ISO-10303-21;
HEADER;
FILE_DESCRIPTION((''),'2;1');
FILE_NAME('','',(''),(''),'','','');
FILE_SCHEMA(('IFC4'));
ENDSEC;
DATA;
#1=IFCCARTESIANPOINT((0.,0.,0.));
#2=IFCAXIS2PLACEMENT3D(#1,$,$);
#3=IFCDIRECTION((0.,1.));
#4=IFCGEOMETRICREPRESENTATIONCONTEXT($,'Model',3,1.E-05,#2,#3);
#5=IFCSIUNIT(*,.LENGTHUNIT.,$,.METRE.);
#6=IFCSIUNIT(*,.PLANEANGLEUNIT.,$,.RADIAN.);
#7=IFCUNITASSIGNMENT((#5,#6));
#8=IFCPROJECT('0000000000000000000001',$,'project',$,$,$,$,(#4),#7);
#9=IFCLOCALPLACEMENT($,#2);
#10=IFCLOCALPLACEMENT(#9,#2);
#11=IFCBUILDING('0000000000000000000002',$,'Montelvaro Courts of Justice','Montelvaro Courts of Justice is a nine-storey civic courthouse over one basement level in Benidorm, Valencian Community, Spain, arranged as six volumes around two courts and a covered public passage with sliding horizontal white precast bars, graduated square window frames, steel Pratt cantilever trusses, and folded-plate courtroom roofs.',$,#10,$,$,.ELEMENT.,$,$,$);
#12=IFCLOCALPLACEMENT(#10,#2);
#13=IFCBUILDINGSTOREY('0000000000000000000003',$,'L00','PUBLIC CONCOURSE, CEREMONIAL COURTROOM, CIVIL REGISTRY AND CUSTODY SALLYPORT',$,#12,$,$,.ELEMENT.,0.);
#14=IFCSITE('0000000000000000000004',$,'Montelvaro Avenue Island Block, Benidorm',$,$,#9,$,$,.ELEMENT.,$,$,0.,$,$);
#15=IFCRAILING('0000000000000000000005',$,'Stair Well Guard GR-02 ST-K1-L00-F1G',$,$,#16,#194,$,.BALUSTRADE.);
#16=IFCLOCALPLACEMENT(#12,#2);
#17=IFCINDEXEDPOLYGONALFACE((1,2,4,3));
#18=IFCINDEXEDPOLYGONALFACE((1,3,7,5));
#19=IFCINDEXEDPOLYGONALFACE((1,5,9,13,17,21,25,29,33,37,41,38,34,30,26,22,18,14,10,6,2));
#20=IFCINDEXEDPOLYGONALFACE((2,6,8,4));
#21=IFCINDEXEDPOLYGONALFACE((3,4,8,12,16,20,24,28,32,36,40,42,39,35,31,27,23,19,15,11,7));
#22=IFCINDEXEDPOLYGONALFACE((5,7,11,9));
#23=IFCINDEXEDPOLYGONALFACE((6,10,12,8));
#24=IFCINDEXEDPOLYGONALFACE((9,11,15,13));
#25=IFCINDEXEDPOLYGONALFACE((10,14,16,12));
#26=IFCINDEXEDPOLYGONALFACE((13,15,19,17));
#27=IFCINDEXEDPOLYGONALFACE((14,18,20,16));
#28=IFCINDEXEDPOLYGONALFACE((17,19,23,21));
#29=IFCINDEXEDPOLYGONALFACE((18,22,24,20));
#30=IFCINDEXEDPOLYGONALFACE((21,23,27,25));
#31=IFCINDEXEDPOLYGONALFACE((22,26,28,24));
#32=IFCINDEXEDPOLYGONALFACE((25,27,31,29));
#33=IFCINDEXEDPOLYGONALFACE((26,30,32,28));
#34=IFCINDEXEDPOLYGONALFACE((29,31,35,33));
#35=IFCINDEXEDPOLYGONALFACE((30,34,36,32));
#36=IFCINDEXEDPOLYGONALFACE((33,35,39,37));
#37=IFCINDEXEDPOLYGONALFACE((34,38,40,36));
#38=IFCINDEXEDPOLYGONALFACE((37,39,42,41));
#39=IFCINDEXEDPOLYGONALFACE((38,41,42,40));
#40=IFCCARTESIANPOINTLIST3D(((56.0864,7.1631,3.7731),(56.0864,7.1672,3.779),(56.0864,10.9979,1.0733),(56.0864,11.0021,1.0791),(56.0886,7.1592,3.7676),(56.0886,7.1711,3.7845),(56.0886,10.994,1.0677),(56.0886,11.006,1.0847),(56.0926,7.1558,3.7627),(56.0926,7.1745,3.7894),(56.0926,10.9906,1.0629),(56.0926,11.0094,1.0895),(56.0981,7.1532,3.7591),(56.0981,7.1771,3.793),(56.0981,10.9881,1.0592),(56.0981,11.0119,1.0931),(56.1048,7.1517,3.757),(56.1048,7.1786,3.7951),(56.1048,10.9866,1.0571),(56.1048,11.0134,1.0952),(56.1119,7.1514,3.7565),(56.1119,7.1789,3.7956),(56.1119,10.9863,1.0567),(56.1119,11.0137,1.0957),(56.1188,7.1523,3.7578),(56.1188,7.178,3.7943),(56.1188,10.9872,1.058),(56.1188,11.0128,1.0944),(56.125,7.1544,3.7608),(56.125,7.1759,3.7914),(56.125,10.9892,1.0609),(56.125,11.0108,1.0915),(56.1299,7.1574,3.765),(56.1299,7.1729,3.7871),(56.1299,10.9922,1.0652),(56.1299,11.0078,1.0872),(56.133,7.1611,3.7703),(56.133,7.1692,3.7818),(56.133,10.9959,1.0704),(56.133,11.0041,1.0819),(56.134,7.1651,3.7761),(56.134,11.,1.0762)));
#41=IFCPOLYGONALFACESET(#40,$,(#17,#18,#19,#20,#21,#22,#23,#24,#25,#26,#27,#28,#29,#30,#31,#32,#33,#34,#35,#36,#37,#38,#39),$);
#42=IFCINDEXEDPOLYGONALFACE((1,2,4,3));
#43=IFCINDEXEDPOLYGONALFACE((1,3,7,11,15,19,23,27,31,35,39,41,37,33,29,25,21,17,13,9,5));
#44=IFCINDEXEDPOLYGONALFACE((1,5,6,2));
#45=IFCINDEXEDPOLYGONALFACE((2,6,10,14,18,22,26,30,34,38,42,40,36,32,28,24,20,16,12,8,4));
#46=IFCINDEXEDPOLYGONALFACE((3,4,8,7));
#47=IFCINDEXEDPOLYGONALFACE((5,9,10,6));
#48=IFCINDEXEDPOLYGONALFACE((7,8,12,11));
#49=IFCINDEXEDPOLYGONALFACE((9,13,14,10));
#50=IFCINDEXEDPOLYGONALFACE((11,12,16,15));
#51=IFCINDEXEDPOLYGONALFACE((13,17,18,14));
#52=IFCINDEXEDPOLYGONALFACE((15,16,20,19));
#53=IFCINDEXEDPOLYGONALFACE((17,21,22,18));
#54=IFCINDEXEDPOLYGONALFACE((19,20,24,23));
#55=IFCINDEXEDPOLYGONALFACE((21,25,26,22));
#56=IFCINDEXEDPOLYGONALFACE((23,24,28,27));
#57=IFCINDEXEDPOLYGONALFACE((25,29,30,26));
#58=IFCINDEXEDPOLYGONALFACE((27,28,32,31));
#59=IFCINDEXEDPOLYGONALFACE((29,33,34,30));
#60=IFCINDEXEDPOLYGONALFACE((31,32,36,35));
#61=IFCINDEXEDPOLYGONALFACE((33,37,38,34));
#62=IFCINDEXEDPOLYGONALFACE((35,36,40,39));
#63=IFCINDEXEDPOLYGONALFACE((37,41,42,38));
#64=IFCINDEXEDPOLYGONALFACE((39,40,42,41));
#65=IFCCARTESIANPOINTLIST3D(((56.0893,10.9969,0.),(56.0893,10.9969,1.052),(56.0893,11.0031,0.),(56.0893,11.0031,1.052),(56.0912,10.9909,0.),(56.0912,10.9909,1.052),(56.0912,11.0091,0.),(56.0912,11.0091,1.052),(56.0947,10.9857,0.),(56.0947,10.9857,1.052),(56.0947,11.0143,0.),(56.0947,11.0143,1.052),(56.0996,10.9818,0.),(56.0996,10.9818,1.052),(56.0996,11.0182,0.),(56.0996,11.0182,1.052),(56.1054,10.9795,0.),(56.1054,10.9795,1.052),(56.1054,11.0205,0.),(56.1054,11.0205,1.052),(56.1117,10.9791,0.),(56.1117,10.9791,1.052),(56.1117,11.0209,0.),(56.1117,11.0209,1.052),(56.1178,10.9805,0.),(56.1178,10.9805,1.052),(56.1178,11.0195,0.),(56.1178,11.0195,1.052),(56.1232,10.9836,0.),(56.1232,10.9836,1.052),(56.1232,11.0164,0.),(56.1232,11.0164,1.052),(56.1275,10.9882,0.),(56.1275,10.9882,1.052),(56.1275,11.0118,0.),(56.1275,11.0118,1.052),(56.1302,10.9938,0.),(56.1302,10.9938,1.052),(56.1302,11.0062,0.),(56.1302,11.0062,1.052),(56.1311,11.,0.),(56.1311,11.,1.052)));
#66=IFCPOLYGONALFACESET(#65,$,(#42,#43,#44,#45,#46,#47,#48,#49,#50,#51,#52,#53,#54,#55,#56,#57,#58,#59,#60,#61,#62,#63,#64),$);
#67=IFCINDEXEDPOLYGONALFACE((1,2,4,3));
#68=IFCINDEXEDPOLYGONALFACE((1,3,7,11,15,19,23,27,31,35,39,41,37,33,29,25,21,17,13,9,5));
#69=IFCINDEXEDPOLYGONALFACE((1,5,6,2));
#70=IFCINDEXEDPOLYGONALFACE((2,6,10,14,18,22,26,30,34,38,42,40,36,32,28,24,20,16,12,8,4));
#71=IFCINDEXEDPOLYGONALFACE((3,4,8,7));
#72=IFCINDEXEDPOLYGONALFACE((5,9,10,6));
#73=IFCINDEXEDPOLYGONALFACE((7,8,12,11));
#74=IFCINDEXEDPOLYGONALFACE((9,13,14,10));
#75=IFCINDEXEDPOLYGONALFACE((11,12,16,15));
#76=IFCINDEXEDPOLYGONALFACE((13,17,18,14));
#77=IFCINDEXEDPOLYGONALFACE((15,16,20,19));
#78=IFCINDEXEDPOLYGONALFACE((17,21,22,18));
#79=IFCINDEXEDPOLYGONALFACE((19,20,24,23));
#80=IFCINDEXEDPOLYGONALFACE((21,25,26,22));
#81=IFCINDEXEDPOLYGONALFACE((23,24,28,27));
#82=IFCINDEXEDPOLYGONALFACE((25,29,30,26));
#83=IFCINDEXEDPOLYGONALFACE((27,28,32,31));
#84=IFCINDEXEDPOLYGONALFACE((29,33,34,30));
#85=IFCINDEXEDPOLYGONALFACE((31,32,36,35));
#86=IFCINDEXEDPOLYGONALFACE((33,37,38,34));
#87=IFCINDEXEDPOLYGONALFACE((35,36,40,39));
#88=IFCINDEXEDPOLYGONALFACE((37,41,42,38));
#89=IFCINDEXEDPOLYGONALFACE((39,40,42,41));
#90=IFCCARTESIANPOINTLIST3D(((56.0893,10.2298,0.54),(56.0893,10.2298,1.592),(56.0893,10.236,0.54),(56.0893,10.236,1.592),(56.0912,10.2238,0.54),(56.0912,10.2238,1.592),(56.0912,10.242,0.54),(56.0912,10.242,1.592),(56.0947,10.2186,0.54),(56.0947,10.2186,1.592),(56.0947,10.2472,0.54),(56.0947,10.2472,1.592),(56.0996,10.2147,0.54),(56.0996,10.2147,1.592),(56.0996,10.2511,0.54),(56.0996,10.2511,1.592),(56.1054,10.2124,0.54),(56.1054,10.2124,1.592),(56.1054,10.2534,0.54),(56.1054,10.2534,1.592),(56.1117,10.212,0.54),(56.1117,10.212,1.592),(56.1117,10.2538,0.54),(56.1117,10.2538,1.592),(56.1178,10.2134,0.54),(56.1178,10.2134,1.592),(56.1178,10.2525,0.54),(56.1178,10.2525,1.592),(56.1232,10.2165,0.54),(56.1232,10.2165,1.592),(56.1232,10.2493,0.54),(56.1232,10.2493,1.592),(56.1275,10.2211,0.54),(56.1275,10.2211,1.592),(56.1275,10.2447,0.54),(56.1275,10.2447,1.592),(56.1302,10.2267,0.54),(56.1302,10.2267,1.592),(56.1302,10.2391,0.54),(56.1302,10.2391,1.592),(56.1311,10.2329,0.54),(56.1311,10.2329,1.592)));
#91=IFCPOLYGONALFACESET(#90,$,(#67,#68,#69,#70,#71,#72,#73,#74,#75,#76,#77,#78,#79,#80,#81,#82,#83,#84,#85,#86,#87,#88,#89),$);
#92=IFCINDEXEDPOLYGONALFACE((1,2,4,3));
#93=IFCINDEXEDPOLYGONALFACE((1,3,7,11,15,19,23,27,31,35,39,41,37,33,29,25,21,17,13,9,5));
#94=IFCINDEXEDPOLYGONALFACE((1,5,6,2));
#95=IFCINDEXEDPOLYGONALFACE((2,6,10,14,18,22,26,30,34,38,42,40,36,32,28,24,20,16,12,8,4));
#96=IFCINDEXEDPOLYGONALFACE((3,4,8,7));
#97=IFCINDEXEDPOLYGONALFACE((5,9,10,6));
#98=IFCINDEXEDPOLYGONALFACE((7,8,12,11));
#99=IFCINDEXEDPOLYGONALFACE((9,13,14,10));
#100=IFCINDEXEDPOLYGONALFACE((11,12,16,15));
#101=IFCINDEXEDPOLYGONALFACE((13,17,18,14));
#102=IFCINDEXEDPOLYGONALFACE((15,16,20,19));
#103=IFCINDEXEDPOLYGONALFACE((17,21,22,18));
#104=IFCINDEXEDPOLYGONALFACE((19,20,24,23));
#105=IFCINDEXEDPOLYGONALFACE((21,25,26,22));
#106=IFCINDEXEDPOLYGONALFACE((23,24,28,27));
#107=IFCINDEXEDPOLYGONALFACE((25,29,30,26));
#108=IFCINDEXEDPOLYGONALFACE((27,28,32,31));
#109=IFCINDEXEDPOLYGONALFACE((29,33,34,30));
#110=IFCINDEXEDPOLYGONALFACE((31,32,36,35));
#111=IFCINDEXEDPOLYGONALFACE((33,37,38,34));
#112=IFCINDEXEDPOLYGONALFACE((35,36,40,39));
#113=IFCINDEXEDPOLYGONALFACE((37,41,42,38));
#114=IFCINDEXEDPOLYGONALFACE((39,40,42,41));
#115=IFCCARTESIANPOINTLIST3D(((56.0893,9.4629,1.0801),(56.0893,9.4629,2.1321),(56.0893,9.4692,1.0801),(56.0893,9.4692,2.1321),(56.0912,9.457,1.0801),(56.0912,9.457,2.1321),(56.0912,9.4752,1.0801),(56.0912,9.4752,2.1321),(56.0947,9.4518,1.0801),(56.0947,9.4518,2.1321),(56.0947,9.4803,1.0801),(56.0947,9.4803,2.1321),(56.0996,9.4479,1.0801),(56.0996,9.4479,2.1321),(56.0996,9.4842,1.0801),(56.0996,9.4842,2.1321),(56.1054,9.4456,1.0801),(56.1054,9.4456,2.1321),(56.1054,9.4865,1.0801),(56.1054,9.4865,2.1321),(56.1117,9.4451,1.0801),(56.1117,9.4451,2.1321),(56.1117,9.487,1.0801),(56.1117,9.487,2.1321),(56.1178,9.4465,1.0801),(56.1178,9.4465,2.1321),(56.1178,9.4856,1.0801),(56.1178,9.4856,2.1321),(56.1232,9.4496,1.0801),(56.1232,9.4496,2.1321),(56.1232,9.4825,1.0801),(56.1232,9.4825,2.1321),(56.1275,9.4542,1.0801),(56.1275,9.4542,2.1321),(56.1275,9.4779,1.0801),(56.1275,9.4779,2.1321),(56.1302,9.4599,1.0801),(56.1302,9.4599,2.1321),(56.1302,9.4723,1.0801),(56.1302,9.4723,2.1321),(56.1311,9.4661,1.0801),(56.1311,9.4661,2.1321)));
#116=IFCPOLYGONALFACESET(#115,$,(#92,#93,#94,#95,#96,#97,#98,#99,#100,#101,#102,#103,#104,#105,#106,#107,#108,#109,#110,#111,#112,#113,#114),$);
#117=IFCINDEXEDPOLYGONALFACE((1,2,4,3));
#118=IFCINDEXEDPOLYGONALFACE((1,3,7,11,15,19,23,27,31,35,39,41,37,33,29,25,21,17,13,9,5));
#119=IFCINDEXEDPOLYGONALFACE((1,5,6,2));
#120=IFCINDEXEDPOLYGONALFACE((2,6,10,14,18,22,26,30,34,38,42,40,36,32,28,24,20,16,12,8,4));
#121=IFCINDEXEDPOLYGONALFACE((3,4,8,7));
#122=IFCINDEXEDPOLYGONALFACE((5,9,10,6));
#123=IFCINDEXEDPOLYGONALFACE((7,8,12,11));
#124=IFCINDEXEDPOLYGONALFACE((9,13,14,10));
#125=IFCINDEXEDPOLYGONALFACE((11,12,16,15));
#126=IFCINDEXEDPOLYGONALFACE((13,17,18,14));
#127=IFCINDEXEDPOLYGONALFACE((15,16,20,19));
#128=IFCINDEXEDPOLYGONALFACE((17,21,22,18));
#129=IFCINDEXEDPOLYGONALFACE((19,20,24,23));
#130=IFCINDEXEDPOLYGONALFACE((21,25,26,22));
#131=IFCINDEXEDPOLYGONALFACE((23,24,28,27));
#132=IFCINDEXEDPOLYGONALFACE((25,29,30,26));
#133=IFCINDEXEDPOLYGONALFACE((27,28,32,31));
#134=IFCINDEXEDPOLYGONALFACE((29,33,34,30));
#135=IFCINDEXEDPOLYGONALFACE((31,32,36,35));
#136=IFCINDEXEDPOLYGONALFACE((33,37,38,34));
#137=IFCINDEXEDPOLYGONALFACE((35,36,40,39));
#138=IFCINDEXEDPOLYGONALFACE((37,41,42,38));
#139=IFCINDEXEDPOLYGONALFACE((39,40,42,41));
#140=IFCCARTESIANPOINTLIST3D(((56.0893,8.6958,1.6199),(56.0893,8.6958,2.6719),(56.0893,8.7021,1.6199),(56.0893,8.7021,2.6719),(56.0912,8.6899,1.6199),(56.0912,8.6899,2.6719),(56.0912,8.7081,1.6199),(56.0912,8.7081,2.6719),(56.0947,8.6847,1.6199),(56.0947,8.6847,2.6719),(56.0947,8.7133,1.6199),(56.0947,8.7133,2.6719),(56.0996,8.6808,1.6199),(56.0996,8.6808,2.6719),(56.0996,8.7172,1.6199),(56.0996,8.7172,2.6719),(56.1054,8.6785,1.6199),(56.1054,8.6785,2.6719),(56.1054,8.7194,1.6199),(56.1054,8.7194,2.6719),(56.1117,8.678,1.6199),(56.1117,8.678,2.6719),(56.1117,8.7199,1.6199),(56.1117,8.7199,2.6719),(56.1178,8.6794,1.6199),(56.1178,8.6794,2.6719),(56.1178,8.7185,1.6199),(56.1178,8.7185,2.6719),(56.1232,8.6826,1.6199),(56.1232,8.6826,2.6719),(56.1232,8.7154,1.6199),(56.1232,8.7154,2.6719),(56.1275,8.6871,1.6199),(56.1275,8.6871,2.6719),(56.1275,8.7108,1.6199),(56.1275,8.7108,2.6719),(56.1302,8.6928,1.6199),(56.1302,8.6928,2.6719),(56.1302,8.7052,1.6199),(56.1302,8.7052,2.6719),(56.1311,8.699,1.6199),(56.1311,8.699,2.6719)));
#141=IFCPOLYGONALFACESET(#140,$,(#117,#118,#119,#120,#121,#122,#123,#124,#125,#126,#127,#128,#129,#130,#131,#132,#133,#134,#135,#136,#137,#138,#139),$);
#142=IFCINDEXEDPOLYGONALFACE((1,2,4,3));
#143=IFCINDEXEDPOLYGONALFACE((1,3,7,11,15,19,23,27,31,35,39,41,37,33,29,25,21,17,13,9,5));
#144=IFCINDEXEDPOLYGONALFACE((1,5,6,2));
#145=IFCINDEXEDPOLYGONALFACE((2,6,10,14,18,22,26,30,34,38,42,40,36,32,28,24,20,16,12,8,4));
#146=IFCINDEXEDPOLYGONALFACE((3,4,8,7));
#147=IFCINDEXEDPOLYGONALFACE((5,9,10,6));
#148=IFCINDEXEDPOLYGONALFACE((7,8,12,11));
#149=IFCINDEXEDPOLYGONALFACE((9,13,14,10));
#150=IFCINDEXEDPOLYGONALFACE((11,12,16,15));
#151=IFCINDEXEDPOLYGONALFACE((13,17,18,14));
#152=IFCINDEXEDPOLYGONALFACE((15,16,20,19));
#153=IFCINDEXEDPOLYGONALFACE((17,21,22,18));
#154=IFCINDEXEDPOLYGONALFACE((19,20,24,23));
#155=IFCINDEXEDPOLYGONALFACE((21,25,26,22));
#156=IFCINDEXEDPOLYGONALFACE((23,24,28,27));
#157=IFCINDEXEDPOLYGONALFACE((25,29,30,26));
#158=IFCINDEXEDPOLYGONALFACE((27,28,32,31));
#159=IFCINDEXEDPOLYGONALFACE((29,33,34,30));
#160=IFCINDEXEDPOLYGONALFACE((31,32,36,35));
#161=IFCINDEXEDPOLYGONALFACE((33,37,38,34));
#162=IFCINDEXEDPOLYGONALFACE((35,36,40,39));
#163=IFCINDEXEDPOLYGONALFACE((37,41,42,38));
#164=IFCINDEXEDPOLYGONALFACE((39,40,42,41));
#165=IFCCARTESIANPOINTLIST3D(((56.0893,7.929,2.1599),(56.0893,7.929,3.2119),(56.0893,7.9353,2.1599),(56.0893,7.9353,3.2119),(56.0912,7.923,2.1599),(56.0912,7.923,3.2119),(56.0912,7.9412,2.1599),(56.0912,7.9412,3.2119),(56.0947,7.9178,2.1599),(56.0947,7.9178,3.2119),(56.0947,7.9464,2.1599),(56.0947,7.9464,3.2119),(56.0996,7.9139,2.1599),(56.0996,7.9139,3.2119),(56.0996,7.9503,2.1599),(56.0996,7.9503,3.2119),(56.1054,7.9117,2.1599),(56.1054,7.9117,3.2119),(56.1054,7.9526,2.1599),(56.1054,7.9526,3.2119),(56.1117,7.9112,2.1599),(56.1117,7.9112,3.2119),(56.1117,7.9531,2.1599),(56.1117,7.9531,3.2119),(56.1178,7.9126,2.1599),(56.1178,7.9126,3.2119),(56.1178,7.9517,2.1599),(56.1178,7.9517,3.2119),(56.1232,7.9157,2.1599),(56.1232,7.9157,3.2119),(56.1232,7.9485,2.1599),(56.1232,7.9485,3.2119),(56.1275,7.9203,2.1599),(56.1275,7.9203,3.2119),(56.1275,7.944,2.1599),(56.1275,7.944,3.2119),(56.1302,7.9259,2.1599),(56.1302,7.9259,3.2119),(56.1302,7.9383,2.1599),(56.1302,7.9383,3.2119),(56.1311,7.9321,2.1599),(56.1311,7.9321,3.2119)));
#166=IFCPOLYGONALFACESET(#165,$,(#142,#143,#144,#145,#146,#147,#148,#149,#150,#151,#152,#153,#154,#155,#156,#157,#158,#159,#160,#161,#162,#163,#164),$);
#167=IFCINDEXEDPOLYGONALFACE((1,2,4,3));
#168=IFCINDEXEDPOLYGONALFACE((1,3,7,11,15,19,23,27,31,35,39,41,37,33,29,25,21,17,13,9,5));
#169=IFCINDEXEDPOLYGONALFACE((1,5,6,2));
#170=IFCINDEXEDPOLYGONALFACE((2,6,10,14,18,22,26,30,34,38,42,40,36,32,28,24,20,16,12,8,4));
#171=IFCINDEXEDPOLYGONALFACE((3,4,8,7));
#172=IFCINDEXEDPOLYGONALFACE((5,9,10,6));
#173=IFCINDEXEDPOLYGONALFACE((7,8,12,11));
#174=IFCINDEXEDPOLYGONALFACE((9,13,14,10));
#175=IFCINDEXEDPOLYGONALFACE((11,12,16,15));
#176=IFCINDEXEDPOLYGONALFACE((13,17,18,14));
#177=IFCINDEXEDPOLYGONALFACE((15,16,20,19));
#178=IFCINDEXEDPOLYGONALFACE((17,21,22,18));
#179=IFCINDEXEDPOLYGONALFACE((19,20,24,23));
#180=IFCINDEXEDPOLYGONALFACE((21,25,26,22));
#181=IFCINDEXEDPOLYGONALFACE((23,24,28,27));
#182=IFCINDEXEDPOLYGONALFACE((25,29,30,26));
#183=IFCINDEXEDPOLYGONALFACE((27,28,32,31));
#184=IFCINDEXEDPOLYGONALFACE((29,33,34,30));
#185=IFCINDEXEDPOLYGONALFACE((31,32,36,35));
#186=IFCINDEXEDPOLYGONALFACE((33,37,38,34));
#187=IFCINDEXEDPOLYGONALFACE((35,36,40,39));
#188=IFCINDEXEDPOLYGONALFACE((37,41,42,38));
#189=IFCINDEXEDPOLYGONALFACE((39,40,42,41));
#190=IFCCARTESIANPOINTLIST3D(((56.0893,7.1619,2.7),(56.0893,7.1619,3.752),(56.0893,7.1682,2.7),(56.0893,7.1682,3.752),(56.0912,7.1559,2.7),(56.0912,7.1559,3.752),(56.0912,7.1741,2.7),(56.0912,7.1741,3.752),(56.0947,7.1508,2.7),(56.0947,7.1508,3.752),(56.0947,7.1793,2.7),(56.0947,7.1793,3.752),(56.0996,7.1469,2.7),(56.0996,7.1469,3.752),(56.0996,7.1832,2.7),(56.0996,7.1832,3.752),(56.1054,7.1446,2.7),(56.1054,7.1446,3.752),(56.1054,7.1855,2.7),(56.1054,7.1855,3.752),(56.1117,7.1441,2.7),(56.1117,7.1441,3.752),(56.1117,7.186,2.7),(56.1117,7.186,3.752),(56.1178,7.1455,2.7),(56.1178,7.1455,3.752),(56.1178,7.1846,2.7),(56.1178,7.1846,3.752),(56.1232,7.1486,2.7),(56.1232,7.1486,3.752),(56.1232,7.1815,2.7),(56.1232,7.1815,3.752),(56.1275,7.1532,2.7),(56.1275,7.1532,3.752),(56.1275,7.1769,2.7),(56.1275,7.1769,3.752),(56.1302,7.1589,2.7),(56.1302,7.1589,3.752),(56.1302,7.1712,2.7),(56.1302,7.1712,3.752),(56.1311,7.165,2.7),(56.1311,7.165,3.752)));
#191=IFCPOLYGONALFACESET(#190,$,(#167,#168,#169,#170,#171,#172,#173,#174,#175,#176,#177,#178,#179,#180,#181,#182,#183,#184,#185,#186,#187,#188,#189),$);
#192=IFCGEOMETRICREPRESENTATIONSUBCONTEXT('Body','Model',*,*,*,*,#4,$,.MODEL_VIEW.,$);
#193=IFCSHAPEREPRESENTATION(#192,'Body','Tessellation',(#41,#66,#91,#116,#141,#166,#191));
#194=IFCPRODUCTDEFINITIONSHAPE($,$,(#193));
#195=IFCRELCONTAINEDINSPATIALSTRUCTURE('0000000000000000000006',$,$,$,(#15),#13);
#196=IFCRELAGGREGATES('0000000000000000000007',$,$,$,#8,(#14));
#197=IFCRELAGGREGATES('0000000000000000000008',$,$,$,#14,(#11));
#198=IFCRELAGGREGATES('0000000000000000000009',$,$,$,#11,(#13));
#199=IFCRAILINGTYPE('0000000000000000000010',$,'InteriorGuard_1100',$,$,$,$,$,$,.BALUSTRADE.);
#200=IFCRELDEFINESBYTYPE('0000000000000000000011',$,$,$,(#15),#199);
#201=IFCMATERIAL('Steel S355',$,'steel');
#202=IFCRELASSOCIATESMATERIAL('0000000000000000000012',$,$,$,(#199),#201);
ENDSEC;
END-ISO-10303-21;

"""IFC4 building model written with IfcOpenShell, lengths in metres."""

from ifc_helpers import new_model, si_unit, direction, frame, origin, origin_2d, place, context, subcontext, project, spatial, circle, extrude, material, type_object, element, save


model = new_model("IFC4")

# Units and contexts
model_context = context("Model", 3, precision=1e-05, world=origin(), true_north=direction((0.0, 1.0)))
body_context = subcontext(model_context, "Body", "Model", "MODEL_VIEW")
ifc_project = project(units=[si_unit("LENGTHUNIT", "METRE"), si_unit("PLANEANGLEUNIT", "RADIAN")], contexts=[model_context])

# Site, building, storey
site_placement = place(None, origin())
site = spatial("IfcSite", under=ifc_project, at=site_placement, Name="Montelvaro Avenue Island Block, Benidorm", CompositionType="ELEMENT", RefElevation=0.0)
building_placement = place(site_placement, origin())
building = spatial("IfcBuilding", under=site, at=building_placement, Name="Montelvaro Courts of Justice", Description="Montelvaro Courts of Justice is a nine-storey civic courthouse over one basement level in Benidorm, Valencian Community, Spain, arranged as six volumes around two courts and a covered public passage with sliding horizontal white precast bars, graduated square window frames, steel Pratt cantilever trusses, and folded-plate courtroom roofs.", CompositionType="ELEMENT")
storey_placement = place(building_placement, origin())
storey = spatial("IfcBuildingStorey", under=building, at=storey_placement, Name="L00", Description="PUBLIC CONCOURSE, CEREMONIAL COURTROOM, CIVIL REGISTRY AND CUSTODY SALLYPORT", CompositionType="ELEMENT", Elevation=0.0)

# Shared definitions
ifc_material_1 = material(Name="Steel S355", Category="steel")

# Railing
railing_type_1 = type_object("IfcRailingType", Name="InteriorGuard_1100", PredefinedType="BALUSTRADE", material=ifc_material_1)
railing_1_placement = place(storey_placement, frame((56.1101, 11.0, 0.0)))
element("IfcRailing", 1, at=railing_1_placement, inside=storey, type_object=railing_type_1, Name="Stair Well Guard GR-02 ST-K1-L00-F1G", PredefinedType="BALUSTRADE", context=body_context, shape_type="SweptSolid", body=[
    extrude(circle(Radius=0.0239, at=origin_2d()), frame((0.0, 0.0, 1.0762), z_axis=(0.0, -0.817678, 0.575675), x_axis=(1.0, 0.0, 0.0)), (0.0, 0.0, 1.0), 4.6899),
    extrude(circle(Radius=0.021, at=origin_2d()), origin(), (0.0, 0.0, 1.0), 1.052),
    extrude(circle(Radius=0.021, at=origin_2d()), frame((0.0, -0.7671, 0.54)), (0.0, 0.0, 1.0), 1.052),
    extrude(circle(Radius=0.021, at=origin_2d()), frame((0.0, -1.5339, 1.0801)), (0.0, 0.0, 1.0), 1.052),
    extrude(circle(Radius=0.021, at=origin_2d()), frame((0.0, -2.301, 1.6199)), (0.0, 0.0, 1.0), 1.052),
    extrude(circle(Radius=0.021, at=origin_2d()), frame((0.0, -3.0679, 2.1599)), (0.0, 0.0, 1.0), 1.052),
    extrude(circle(Radius=0.021, at=origin_2d()), frame((0.0, -3.835, 2.7)), (0.0, 0.0, 1.0), 1.052),
])

save(model, "model.ifc")
